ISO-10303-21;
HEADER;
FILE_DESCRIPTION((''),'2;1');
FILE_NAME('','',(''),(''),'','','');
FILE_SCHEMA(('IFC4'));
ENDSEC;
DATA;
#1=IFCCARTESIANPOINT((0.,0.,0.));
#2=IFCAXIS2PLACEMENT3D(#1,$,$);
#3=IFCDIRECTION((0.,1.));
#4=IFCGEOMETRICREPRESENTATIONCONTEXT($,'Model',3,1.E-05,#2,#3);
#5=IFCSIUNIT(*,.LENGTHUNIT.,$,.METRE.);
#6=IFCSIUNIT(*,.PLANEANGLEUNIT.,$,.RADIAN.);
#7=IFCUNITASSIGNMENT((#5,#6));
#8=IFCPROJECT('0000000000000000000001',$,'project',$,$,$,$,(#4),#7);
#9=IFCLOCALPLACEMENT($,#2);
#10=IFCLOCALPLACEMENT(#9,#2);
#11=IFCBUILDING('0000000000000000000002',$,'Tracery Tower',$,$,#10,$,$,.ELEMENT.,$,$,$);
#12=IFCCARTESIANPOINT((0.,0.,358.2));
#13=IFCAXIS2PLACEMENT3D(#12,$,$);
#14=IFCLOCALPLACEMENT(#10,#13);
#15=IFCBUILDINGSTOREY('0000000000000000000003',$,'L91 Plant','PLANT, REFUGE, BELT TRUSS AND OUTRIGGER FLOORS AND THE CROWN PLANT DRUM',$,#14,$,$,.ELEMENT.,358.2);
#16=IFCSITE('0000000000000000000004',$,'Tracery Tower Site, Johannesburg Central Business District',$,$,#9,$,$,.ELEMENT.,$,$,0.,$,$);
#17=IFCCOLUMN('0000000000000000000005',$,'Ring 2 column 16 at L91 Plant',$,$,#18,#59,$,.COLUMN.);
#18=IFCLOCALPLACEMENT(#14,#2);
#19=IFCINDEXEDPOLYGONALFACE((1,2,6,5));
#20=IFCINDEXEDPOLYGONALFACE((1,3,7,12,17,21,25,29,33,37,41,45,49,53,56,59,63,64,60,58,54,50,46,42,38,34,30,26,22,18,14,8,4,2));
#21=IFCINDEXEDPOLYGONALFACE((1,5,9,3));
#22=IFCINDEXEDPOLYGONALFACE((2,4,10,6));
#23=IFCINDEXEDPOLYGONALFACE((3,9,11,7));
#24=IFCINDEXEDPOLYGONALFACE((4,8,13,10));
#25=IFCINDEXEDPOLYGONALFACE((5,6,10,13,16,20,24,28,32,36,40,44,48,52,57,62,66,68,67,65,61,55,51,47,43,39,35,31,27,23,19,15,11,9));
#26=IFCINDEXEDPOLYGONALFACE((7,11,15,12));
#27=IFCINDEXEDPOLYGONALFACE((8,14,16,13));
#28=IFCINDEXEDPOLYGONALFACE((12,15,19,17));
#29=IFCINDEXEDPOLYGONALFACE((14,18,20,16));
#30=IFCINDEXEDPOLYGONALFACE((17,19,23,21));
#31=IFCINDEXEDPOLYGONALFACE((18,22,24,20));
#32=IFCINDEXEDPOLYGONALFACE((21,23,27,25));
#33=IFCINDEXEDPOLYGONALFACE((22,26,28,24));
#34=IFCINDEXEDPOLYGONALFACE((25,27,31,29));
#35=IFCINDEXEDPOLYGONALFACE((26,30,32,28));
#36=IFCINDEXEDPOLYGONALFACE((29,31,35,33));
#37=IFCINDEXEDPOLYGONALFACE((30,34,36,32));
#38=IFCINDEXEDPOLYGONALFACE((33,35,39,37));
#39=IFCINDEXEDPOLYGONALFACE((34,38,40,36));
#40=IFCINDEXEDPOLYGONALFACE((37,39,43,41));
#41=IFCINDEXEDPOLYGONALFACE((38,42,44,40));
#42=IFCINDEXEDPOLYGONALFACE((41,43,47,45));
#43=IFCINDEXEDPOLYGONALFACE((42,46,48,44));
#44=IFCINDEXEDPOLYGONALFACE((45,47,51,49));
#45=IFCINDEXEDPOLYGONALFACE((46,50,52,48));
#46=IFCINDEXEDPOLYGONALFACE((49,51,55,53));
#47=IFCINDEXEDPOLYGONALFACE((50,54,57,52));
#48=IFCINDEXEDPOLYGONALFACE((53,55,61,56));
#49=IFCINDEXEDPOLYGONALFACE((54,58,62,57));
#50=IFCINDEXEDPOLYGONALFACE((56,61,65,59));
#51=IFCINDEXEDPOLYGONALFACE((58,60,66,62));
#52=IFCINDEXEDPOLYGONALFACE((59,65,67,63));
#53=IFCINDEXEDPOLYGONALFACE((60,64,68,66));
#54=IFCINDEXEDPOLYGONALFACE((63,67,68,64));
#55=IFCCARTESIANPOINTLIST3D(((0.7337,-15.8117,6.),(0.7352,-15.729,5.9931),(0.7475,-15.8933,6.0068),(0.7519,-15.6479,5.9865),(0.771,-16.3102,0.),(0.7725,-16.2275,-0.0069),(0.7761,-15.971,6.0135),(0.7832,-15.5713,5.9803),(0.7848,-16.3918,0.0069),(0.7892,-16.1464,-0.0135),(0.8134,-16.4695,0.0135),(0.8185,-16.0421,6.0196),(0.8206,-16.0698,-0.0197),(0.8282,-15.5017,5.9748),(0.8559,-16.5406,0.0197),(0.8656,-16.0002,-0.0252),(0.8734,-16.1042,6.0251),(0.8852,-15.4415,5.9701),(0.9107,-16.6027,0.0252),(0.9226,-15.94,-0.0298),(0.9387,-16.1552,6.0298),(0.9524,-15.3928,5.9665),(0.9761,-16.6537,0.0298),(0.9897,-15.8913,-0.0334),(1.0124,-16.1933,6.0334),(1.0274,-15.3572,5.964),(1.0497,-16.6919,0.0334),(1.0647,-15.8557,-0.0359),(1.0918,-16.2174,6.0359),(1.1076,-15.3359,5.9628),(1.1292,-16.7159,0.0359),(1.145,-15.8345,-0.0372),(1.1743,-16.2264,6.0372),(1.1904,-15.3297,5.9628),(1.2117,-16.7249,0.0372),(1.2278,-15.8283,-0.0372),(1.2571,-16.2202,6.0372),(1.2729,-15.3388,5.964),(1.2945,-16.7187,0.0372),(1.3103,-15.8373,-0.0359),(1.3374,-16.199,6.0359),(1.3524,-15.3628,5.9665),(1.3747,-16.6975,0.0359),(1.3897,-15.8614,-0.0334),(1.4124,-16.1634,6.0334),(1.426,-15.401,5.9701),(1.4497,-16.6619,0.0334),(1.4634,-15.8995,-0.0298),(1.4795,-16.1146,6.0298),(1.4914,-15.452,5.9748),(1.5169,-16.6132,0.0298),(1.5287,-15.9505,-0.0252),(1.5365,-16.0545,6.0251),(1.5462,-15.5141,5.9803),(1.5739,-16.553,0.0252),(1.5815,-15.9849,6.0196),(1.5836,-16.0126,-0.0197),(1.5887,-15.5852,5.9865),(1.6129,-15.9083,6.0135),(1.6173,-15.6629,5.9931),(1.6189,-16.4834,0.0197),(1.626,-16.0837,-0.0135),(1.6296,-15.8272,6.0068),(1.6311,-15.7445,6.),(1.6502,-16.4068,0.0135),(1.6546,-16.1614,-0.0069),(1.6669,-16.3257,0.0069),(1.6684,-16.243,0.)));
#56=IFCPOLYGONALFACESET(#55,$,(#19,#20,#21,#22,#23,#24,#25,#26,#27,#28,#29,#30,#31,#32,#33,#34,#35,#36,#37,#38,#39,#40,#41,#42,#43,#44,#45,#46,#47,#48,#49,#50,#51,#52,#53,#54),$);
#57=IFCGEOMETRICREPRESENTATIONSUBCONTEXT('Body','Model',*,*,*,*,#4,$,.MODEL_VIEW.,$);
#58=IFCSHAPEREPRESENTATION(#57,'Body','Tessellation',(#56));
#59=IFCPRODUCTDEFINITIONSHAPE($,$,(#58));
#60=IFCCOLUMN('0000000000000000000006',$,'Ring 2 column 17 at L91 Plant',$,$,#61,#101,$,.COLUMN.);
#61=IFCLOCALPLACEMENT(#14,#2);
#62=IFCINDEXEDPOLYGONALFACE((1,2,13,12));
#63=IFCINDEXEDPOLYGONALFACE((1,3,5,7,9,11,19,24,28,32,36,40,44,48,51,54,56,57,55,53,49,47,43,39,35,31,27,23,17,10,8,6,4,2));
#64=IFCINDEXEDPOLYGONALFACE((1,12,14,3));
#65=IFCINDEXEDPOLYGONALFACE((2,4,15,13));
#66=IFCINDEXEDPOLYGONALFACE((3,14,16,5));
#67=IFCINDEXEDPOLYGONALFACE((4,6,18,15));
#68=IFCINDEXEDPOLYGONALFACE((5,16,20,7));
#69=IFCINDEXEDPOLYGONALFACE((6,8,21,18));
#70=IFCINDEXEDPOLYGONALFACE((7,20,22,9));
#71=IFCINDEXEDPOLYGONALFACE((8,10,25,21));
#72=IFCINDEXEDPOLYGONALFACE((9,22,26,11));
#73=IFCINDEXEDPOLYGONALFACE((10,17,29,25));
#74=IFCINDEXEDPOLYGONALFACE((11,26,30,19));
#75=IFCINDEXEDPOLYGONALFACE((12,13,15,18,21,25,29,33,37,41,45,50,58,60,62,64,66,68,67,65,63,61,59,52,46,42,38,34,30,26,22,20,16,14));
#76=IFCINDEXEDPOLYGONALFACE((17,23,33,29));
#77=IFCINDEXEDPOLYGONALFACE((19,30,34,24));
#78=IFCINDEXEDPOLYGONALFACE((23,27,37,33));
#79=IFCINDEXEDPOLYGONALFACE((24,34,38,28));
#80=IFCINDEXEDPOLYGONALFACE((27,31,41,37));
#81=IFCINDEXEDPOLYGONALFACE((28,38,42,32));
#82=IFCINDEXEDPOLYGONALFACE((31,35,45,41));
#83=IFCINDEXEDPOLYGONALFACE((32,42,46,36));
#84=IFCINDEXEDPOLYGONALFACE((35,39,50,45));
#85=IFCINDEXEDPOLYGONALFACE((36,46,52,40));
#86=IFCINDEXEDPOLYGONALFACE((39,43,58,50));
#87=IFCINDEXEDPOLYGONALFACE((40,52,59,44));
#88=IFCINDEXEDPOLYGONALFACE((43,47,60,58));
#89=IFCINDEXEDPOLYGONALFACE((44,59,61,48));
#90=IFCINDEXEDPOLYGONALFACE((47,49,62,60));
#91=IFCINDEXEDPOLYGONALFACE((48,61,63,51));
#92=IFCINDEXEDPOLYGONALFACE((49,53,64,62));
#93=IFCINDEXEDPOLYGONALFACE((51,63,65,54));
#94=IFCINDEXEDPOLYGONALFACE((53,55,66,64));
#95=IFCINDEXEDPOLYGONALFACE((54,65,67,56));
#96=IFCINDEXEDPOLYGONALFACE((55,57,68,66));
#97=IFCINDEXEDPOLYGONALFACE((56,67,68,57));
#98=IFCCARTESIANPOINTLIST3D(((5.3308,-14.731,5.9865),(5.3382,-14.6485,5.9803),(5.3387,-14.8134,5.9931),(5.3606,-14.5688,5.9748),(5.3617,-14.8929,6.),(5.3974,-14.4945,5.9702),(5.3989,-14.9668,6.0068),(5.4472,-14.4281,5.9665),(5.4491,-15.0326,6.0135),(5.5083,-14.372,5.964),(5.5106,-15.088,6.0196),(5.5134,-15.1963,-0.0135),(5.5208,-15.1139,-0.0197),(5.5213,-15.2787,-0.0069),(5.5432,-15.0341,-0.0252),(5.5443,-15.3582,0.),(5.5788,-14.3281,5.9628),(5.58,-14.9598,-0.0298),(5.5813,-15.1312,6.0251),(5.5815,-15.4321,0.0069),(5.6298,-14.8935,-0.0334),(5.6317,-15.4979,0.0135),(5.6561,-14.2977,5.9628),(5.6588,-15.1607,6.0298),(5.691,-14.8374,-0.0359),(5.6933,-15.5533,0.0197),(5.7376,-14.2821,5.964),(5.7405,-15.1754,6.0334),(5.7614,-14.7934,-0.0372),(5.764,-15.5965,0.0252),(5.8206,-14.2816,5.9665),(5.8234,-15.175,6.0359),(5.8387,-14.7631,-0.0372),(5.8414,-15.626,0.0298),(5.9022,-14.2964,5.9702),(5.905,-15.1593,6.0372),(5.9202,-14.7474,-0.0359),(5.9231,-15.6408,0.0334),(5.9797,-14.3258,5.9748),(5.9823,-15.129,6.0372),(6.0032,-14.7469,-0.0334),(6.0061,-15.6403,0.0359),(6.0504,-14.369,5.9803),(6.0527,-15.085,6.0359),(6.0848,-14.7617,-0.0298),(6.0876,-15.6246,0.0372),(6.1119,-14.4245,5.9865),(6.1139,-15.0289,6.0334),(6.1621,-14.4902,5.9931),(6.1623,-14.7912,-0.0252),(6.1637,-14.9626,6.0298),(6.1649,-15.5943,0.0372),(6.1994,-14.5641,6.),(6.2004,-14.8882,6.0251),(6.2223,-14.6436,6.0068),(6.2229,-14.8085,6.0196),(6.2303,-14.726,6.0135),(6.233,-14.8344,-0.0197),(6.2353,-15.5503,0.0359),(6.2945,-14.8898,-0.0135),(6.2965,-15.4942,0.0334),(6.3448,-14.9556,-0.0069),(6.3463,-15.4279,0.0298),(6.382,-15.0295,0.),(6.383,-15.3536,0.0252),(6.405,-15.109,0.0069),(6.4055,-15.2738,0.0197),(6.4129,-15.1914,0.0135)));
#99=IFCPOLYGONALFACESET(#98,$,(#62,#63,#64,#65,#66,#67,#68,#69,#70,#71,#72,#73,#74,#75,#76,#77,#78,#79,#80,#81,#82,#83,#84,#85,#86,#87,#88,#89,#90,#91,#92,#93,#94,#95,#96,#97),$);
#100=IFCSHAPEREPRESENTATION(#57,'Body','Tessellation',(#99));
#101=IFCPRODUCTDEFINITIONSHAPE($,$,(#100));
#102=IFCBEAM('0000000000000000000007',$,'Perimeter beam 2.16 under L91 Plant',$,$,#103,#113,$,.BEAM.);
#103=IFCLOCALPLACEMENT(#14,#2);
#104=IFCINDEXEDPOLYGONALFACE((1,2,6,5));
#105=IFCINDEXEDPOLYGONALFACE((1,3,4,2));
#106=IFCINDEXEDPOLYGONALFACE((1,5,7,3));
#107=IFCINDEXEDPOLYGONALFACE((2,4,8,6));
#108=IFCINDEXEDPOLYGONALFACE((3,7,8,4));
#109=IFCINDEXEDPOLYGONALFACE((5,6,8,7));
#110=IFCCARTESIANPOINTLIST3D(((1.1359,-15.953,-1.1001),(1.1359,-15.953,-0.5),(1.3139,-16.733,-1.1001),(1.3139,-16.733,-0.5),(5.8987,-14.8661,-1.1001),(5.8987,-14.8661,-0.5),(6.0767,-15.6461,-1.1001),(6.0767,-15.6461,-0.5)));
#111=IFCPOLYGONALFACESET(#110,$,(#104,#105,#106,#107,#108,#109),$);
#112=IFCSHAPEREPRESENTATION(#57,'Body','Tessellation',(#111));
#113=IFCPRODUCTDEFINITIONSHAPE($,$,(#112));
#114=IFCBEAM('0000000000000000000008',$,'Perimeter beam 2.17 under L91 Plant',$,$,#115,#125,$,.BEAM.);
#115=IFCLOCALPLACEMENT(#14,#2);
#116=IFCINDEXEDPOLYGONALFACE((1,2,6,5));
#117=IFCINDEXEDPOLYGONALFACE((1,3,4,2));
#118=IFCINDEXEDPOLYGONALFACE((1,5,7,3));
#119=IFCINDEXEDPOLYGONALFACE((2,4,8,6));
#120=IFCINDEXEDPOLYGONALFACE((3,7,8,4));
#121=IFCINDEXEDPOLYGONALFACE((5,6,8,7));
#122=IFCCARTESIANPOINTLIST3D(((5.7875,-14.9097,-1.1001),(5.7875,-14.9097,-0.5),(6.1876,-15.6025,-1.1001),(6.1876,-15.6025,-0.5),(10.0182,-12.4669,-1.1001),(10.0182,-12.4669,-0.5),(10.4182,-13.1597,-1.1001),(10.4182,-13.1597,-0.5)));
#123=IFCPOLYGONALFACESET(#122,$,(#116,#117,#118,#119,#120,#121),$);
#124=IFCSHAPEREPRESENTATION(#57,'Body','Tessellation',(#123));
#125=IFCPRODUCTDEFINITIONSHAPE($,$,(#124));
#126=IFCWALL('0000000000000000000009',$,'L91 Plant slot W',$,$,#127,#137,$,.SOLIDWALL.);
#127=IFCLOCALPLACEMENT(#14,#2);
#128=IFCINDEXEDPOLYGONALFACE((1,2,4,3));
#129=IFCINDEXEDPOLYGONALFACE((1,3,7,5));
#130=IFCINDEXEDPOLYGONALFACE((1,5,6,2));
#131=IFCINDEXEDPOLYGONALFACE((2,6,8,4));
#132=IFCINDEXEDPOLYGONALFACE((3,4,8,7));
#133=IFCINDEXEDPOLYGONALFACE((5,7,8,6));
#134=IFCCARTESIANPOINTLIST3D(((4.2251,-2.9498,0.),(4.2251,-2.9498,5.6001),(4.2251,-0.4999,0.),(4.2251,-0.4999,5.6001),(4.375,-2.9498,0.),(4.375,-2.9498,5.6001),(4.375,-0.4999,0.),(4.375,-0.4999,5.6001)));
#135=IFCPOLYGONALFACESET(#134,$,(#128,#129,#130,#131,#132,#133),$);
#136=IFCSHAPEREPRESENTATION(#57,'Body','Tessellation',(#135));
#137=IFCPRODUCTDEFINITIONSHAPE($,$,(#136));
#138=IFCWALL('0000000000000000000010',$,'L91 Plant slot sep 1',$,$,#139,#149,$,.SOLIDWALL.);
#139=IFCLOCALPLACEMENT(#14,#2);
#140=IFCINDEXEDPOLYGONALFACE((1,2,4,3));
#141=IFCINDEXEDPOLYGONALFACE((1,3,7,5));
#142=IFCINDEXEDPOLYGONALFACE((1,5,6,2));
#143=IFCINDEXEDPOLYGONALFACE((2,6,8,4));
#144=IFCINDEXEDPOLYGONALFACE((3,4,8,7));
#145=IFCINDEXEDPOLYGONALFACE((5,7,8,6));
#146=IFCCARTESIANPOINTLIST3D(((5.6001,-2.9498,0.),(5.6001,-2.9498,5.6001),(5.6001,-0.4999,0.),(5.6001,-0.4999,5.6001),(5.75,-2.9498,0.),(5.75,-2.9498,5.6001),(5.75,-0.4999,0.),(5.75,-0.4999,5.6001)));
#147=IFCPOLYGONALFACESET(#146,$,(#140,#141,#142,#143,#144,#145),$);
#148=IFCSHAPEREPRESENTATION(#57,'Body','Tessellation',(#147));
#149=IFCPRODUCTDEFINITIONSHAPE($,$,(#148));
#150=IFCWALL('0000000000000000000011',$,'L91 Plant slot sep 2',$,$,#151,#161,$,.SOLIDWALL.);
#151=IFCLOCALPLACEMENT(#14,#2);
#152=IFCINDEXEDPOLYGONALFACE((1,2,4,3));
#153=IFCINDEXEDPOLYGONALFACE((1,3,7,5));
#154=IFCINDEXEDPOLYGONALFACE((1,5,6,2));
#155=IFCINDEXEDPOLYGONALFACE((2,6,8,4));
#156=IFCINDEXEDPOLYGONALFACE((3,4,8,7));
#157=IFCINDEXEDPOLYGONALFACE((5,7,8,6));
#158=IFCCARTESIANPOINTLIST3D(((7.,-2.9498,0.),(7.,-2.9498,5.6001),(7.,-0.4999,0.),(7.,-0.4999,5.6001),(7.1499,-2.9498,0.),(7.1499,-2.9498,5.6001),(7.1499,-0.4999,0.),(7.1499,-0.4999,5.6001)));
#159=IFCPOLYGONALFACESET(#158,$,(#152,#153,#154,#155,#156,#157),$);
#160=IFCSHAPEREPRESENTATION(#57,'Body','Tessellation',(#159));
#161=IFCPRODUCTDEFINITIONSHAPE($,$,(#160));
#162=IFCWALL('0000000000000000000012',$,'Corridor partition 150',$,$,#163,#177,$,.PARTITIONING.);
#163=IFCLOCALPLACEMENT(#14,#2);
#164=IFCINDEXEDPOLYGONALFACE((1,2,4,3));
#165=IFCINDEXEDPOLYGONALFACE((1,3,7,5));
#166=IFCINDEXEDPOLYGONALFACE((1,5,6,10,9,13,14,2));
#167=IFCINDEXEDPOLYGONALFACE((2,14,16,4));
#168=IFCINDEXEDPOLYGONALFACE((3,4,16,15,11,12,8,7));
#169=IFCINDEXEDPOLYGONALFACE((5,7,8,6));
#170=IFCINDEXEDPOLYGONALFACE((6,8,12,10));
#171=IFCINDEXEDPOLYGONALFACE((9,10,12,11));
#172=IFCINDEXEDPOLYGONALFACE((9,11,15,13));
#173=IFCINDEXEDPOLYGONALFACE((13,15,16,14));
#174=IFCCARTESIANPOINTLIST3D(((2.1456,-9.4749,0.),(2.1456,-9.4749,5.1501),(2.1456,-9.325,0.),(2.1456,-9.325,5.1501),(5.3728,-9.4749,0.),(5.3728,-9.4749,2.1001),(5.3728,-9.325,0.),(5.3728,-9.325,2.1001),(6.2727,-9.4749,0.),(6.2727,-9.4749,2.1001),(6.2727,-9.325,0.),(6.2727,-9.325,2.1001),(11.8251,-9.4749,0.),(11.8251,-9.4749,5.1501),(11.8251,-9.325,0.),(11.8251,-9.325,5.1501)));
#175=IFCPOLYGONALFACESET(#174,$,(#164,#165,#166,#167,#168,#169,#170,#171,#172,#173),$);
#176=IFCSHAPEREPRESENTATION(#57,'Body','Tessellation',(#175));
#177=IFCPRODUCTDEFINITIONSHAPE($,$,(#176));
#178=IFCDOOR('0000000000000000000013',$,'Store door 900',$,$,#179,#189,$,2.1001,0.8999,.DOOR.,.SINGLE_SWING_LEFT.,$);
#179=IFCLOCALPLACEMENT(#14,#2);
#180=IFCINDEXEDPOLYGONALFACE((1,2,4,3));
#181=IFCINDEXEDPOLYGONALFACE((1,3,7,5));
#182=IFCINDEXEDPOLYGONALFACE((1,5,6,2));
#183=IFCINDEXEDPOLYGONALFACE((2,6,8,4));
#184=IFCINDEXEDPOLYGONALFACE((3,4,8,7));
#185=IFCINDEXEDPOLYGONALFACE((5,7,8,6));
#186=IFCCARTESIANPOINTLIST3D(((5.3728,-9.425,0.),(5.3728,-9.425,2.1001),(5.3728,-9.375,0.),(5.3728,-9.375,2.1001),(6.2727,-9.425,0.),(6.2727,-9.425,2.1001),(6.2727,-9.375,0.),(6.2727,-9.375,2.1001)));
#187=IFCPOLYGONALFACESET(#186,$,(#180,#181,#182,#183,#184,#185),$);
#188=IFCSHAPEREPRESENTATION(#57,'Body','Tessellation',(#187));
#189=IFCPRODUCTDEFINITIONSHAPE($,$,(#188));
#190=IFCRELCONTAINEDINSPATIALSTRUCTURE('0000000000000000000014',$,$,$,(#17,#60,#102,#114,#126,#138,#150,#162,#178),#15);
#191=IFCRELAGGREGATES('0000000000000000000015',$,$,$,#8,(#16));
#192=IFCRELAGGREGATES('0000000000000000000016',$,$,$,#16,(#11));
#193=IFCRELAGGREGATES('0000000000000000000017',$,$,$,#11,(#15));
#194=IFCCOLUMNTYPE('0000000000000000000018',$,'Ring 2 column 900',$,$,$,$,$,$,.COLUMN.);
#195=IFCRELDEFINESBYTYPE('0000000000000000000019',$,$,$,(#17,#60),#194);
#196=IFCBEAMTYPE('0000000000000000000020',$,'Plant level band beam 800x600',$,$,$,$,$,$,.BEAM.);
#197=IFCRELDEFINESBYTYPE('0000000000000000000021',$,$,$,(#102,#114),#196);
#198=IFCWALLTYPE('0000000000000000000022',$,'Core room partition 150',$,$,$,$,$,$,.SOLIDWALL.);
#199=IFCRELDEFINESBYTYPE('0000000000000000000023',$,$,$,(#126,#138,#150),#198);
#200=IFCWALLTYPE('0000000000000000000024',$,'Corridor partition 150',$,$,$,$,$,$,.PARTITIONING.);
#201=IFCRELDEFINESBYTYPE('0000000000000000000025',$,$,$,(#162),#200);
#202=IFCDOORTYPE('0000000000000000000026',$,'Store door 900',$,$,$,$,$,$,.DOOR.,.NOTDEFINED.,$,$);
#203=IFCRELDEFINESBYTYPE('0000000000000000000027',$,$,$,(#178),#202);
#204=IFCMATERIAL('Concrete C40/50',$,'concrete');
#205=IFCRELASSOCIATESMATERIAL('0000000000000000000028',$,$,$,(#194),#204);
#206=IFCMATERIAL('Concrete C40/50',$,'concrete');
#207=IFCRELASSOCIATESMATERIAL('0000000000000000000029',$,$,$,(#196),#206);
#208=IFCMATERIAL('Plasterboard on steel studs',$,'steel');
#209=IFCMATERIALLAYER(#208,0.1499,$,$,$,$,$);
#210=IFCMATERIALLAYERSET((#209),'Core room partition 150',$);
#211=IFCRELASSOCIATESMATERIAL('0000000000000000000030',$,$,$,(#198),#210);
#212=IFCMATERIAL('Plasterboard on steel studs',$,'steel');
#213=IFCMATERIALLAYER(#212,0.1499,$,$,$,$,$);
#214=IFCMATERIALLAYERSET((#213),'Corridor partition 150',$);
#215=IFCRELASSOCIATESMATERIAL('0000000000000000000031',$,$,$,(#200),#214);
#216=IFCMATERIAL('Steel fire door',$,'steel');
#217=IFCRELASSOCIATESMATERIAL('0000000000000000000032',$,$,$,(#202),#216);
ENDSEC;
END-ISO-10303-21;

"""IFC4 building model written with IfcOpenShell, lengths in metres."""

from ifc_helpers import new_model, si_unit, direction, frame, frame_2d, origin, origin_2d, place, context, subcontext, project, spatial, rectangle, circle, extrude, material, layer, layer_set, material_profile, profile_set, type_object, element, fill, save


model = new_model("IFC4")

# Units and contexts
model_context = context("Model", 3, precision=1e-05, world=origin(), true_north=direction((0.0, 1.0)))
body_context = subcontext(model_context, "Body", "Model", "MODEL_VIEW")
ifc_project = project(units=[si_unit("LENGTHUNIT", "METRE"), si_unit("PLANEANGLEUNIT", "RADIAN")], contexts=[model_context])

# Site, building, storey
site_placement = place(None, origin())
site = spatial("IfcSite", under=ifc_project, at=site_placement, Name="Tracery Tower Site, Johannesburg Central Business District", CompositionType="ELEMENT", RefElevation=0.0)
building_placement = place(site_placement, origin())
building = spatial("IfcBuilding", under=site, at=building_placement, Name="Tracery Tower", CompositionType="ELEMENT")
storey_placement = place(building_placement, frame((0.0, 0.0, 358.2)))
storey = spatial("IfcBuildingStorey", under=building, at=storey_placement, Name="L91 Plant", Description="PLANT, REFUGE, BELT TRUSS AND OUTRIGGER FLOORS AND THE CROWN PLANT DRUM", CompositionType="ELEMENT", Elevation=358.2)

# Columns
ifc_material_1 = material(Name="Concrete C40/50", Category="concrete")
ifc_material_profile_1 = material_profile(ifc_material_1, circle(Radius=0.45, at=origin_2d()), Name="RC D900")
ifc_profile_set_1 = profile_set([ifc_material_profile_1], Name="Concrete C40/50")
column_type = type_object("IfcColumnType", Name="Ring 2 column 900", PredefinedType="COLUMN", material=ifc_profile_set_1)
for number, where, z_axis, x_axis, name in (
    (1, (1.2197, -16.2766, 0.0), (-0.006204, 0.082802, 0.996547), (-0.997205, -0.074717, 0.0), "Ring 2 column 16 at L91 Plant"),
    (2, (5.9631, -15.1938, 0.0), (-0.030331, 0.077288, 0.996547), (-0.930882, -0.36532, 0.0), "Ring 2 column 17 at L91 Plant"),
):
    element("IfcColumn", number, at=place(storey_placement, frame(where, z_axis=z_axis, x_axis=x_axis)), inside=storey, type_object=column_type, Name=name, PredefinedType="COLUMN", context=body_context, shape_type="SweptSolid", body=[
        extrude(circle(Radius=0.45, at=origin_2d()), origin(), (0.0, 0.0, 1.0), 6.0208),
    ])

# Beams
ifc_material_2 = material(Name="Concrete C40/50", Category="concrete")
ifc_material_profile_2 = material_profile(ifc_material_2, rectangle(XDim=0.8, YDim=0.6001, at=origin_2d()), Name="RC 800x600")
ifc_profile_set_2 = profile_set([ifc_material_profile_2], Name="Concrete C40/50")
beam_type = type_object("IfcBeamType", Name="Plant level band beam 800x600", PredefinedType="BEAM", material=ifc_profile_set_2)
for number, where, z_axis, x_axis, name in (
    (3, (1.2249, -16.343, -0.8), (0.974934, 0.222494, 0.0), (-0.222494, 0.974934, 0.0), "Perimeter beam 2.16 under L91 Plant"),
    (4, (5.9875, -15.2561, -0.8), (0.866002, 0.500041, 0.0), (-0.500041, 0.866002, 0.0), "Perimeter beam 2.17 under L91 Plant"),
):
    element("IfcBeam", number, at=place(storey_placement, frame(where, z_axis=z_axis, x_axis=x_axis)), inside=storey, type_object=beam_type, Name=name, PredefinedType="BEAM", context=body_context, shape_type="SweptSolid", body=[
        extrude(rectangle(XDim=0.8, YDim=0.6001, at=origin_2d()), origin(), (0.0, 0.0, 1.0), 4.8853),
    ])

# Walls
ifc_material_3 = material(Name="Plasterboard on steel studs", Category="steel")
ifc_layer_1 = layer(ifc_material_3, 0.1499)
ifc_layer_set_1 = layer_set([ifc_layer_1], Name="Core room partition 150")
wall_type_1 = type_object("IfcWallType", Name="Core room partition 150", PredefinedType="SOLIDWALL", material=ifc_layer_set_1)
for number, where, z_axis, x_axis, name in (
    (5, (4.3, -2.95, 0.0), (0.0, 0.0, 1.0), (0.0, 1.0, 0.0), "L91 Plant slot W"),
    (6, (5.675, -2.95, 0.0), (0.0, 0.0, 1.0), (0.0, 1.0, 0.0), "L91 Plant slot sep 1"),
    (7, (7.075, -2.95, 0.0), (0.0, 0.0, 1.0), (0.0, 1.0, 0.0), "L91 Plant slot sep 2"),
):
    element("IfcWall", number, at=place(storey_placement, frame(where, z_axis=z_axis, x_axis=x_axis)), inside=storey, type_object=wall_type_1, Name=name, PredefinedType="SOLIDWALL", context=body_context, shape_type="SweptSolid", body=[
        extrude(rectangle(XDim=2.45, YDim=0.1499, at=frame_2d((1.2251, 0.0))), origin(), (0.0, 0.0, 1.0), 5.6001),
    ])

# Wall, opening, door
ifc_material_4 = material(Name="Plasterboard on steel studs", Category="steel")
ifc_layer_2 = layer(ifc_material_4, 0.1499)
ifc_layer_set_2 = layer_set([ifc_layer_2], Name="Corridor partition 150")
wall_type_2 = type_object("IfcWallType", Name="Corridor partition 150", PredefinedType="PARTITIONING", material=ifc_layer_set_2)
wall_1_placement = place(storey_placement, frame((2.1455, -9.3999, 0.0), z_axis=(0.0, 0.0, 1.0), x_axis=(1.0, 0.0, 0.0)))
wall_1 = element("IfcWall", 8, at=wall_1_placement, inside=storey, type_object=wall_type_2, Name="Corridor partition 150", PredefinedType="PARTITIONING", context=body_context, shape_type="SweptSolid", body=[
    extrude(rectangle(XDim=9.6794, YDim=0.1499, at=frame_2d((4.8398, 0.0))), origin(), (0.0, 0.0, 1.0), 5.1501),
])
opening_1_placement = place(wall_1_placement, frame((3.2273, 0.0, 0.0)))
opening_1 = element("IfcOpeningElement", 9, at=opening_1_placement, cuts=wall_1, PredefinedType="OPENING", context=body_context, shape_type="SweptSolid", body=[
    extrude(rectangle(XDim=0.8999, YDim=2.1001, at=frame_2d((0.45, 1.05))), frame((0.0, 0.075, 0.0), z_axis=(0.0, -1.0, 0.0), x_axis=(1.0, 0.0, 0.0)), (0.0, 0.0, 1.0), 0.1499),
])
ifc_material_5 = material(Name="Steel fire door", Category="steel")
door_type_1 = type_object("IfcDoorType", Name="Store door 900", OperationType="NOTDEFINED", PredefinedType="DOOR", material=ifc_material_5)
door_1_placement = place(opening_1_placement, origin())
door_1 = element("IfcDoor", 10, at=door_1_placement, inside=storey, type_object=door_type_1, Name="Store door 900", OperationType="SINGLE_SWING_LEFT", OverallHeight=2.1001, OverallWidth=0.8999, PredefinedType="DOOR", context=body_context, shape_type="SweptSolid", body=[
    extrude(rectangle(XDim=0.8999, YDim=2.1001, at=frame_2d((0.45, 1.05))), frame((0.0, 0.0249, 0.0), z_axis=(0.0, -1.0, 0.0), x_axis=(1.0, 0.0, 0.0)), (0.0, 0.0, 1.0), 0.05),
])
fill(opening_1, door_1)

save(model, "model.ifc")
